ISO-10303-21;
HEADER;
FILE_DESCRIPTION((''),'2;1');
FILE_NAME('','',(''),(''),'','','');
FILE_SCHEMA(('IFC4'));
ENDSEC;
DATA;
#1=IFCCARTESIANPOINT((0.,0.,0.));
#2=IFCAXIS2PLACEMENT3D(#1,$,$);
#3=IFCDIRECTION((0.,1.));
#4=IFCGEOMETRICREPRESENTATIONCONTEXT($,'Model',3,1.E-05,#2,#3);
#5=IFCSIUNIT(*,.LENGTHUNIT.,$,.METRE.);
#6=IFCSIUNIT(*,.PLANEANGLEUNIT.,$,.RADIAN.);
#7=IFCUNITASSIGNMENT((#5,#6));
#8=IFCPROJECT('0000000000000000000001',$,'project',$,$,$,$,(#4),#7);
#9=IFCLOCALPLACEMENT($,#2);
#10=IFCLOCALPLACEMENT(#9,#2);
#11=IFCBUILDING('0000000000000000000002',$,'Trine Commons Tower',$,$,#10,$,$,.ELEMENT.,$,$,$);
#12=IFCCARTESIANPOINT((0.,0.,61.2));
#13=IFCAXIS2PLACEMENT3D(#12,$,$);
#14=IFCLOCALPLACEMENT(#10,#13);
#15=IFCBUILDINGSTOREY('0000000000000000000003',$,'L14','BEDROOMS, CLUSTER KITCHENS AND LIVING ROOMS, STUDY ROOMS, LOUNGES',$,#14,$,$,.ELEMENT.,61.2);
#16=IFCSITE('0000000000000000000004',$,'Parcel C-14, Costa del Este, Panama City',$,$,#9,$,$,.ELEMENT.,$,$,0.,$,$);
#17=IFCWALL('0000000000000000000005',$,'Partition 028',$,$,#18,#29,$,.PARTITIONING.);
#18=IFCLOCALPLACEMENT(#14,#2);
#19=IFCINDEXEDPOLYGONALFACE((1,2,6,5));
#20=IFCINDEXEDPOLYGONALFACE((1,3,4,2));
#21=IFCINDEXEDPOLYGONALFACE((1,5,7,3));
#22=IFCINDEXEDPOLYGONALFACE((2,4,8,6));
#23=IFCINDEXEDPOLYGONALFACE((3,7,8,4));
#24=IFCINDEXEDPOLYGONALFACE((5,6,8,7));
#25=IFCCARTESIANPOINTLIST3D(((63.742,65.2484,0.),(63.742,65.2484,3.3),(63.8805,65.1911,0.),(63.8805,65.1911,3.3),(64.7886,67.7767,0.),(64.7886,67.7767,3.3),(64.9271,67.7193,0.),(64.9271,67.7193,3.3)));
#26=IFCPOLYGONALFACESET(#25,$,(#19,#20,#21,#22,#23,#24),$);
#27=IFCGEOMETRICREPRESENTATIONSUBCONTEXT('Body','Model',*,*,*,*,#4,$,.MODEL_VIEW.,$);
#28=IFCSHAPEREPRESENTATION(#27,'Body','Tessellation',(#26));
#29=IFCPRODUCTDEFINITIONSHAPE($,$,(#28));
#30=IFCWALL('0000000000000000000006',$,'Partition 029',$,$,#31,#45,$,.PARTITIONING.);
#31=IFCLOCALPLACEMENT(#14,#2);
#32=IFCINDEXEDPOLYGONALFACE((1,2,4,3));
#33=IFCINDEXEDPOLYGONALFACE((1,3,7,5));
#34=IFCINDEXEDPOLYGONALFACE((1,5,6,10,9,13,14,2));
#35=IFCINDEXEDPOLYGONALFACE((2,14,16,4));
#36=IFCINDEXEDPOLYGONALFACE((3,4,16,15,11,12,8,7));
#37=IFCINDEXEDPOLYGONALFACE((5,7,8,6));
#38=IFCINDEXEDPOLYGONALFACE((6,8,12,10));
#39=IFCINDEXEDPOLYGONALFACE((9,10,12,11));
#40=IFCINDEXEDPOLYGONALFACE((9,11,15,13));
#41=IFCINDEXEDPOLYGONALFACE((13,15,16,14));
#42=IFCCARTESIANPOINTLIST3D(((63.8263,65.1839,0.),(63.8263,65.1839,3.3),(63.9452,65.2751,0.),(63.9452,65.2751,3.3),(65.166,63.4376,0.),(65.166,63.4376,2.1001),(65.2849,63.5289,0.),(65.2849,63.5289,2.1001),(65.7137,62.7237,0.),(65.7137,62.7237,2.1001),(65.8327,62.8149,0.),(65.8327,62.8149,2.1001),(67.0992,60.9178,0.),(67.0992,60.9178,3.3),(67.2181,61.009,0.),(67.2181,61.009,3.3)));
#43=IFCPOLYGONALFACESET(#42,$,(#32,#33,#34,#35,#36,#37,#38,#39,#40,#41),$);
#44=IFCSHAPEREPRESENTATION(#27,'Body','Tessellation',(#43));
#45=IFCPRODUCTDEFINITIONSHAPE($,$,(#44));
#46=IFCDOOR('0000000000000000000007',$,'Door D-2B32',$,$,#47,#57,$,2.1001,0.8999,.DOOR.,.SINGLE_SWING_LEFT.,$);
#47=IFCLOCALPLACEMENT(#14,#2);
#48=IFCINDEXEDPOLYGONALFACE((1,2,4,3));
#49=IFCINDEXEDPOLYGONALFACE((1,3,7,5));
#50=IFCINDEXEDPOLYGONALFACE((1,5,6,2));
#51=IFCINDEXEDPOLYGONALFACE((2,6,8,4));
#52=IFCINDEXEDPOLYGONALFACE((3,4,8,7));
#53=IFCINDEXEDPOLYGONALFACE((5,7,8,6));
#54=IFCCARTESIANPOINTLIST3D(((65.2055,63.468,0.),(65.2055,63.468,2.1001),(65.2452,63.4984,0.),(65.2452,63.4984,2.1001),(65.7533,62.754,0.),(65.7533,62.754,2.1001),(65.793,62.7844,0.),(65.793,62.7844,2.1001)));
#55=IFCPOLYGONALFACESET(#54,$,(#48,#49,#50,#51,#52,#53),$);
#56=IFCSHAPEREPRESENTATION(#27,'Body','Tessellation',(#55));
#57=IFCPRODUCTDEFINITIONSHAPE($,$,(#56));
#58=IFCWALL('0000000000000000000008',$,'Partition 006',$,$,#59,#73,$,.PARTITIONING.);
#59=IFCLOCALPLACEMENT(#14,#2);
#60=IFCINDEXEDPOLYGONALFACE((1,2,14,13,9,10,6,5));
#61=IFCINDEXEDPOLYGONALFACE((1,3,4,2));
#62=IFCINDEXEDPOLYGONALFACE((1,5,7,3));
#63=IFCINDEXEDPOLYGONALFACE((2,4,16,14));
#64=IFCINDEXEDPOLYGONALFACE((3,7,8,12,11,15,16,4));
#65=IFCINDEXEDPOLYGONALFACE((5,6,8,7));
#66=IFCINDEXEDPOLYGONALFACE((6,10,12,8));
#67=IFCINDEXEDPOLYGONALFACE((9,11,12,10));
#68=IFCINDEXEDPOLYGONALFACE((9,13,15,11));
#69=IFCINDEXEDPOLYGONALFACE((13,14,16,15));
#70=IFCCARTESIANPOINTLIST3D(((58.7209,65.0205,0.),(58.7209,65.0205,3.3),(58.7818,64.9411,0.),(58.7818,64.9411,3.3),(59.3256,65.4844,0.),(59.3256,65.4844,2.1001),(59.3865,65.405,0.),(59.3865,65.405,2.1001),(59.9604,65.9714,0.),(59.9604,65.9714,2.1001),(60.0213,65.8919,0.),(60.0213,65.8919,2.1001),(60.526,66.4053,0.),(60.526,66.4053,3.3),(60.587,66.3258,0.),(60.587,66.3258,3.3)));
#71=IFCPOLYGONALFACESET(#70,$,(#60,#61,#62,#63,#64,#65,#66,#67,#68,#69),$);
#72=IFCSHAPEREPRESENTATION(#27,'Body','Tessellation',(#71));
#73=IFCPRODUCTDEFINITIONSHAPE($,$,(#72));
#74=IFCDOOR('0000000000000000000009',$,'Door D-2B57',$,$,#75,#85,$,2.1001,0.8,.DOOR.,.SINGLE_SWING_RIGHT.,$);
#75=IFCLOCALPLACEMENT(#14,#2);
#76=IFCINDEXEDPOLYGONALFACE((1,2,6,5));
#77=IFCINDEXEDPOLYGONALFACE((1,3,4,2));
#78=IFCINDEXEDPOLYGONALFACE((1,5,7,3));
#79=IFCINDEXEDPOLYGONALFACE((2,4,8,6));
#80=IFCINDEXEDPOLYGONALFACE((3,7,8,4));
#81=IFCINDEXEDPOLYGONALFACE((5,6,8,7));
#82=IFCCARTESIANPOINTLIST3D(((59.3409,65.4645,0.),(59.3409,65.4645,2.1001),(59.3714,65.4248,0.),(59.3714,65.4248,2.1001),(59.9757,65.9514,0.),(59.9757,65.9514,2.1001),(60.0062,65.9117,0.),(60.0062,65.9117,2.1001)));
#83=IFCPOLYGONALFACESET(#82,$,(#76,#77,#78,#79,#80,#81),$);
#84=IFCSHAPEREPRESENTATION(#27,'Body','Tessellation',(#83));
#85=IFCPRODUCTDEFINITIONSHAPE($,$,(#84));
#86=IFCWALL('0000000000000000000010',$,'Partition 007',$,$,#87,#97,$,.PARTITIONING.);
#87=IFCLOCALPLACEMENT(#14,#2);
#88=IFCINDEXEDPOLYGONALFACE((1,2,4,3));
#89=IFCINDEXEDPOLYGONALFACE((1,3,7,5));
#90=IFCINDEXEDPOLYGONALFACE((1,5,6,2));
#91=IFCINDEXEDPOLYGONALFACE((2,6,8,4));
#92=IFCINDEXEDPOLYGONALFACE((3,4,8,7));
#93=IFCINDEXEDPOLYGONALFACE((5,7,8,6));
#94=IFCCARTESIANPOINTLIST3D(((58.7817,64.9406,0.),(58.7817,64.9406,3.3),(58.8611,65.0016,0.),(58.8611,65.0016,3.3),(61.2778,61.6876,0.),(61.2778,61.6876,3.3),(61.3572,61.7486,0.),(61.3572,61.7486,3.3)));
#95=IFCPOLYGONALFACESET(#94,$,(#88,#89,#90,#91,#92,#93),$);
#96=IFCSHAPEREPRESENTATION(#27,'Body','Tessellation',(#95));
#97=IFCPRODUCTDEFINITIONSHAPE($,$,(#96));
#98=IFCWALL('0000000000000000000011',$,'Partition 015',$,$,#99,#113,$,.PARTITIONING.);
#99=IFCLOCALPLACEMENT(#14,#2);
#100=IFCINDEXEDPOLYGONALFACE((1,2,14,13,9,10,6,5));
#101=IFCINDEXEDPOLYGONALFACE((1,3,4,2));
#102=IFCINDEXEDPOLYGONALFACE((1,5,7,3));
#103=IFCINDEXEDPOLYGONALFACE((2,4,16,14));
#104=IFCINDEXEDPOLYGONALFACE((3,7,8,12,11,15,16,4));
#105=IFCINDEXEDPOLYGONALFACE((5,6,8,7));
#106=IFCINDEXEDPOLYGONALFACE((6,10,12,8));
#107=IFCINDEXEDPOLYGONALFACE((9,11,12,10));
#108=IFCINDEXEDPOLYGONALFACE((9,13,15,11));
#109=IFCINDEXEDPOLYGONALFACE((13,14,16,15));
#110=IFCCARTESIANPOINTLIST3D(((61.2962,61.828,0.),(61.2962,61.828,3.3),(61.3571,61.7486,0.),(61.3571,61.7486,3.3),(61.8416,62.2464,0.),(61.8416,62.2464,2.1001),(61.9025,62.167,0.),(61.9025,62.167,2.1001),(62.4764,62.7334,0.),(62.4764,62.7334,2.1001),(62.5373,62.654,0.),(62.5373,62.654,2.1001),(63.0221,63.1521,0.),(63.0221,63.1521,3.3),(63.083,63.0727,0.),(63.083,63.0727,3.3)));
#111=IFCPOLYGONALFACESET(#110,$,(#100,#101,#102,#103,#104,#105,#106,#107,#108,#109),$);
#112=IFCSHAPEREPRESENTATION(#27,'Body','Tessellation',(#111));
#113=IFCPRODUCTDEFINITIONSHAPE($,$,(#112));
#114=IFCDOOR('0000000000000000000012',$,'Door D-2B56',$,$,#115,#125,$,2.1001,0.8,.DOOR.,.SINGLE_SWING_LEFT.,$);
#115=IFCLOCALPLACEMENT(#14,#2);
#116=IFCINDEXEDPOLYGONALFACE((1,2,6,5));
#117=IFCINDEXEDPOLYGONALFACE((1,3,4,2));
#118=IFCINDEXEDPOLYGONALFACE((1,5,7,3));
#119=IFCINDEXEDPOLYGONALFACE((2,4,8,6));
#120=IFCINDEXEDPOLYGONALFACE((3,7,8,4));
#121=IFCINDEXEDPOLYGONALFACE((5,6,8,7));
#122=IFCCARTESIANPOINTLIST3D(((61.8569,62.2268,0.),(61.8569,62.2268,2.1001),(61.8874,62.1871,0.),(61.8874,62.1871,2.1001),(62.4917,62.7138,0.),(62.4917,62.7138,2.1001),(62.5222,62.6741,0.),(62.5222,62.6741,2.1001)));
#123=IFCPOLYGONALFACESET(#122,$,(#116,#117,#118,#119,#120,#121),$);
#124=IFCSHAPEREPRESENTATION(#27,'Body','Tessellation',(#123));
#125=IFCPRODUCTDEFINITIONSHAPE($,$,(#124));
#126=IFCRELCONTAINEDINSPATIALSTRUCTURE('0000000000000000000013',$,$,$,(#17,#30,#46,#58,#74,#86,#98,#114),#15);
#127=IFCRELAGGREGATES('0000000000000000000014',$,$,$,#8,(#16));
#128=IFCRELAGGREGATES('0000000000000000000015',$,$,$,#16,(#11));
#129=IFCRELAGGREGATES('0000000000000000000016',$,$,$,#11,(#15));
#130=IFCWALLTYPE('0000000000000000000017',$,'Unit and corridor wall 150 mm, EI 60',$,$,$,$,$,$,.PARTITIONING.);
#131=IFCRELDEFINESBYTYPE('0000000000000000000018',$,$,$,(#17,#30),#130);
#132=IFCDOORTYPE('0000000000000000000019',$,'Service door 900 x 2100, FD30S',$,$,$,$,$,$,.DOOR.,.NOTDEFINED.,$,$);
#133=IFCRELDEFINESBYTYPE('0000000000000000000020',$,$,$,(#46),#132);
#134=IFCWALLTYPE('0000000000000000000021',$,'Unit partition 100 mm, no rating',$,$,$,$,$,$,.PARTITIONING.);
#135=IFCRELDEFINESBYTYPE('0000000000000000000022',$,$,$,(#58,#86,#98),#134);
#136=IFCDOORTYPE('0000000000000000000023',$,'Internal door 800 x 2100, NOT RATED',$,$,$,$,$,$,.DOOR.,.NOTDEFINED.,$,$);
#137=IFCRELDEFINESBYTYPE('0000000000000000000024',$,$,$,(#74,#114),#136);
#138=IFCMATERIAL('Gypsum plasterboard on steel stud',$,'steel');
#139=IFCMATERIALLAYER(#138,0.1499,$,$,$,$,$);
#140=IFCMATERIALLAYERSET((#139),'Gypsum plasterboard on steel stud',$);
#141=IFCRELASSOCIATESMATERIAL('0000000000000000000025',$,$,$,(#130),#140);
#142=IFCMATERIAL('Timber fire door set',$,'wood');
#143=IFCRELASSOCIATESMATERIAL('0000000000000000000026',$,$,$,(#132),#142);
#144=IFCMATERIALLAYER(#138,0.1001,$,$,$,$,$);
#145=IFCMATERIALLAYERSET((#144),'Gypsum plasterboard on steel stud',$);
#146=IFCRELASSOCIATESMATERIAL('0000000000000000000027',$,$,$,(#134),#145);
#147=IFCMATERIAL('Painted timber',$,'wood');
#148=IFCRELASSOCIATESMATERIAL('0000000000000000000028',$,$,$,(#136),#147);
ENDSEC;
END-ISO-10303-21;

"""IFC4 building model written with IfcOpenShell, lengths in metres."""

from ifc_helpers import new_model, si_unit, direction, frame, frame_2d, origin, place, context, subcontext, project, spatial, rectangle, extrude, material, layer, layer_set, type_object, element, fill, save


model = new_model("IFC4")

# Units and contexts
model_context = context("Model", 3, precision=1e-05, world=origin(), true_north=direction((0.0, 1.0)))
body_context = subcontext(model_context, "Body", "Model", "MODEL_VIEW")
ifc_project = project(units=[si_unit("LENGTHUNIT", "METRE"), si_unit("PLANEANGLEUNIT", "RADIAN")], contexts=[model_context])

# Site, building, storey
site_placement = place(None, origin())
site = spatial("IfcSite", under=ifc_project, at=site_placement, Name="Parcel C-14, Costa del Este, Panama City", CompositionType="ELEMENT", RefElevation=0.0)
building_placement = place(site_placement, origin())
building = spatial("IfcBuilding", under=site, at=building_placement, Name="Trine Commons Tower", CompositionType="ELEMENT")
storey_placement = place(building_placement, frame((0.0, 0.0, 61.2)))
storey = spatial("IfcBuildingStorey", under=building, at=storey_placement, Name="L14", Description="BEDROOMS, CLUSTER KITCHENS AND LIVING ROOMS, STUDY ROOMS, LOUNGES", CompositionType="ELEMENT", Elevation=61.2)

# Shared definitions
ifc_material_1 = material(Name="Gypsum plasterboard on steel stud", Category="steel")
ifc_layer_1 = layer(ifc_material_1, 0.1499)
ifc_layer_set_1 = layer_set([ifc_layer_1], Name="Gypsum plasterboard on steel stud")
wall_type_1 = type_object("IfcWallType", Name="Unit and corridor wall 150 mm, EI 60", PredefinedType="PARTITIONING", material=ifc_layer_set_1)

# Shared definitions
ifc_material_2 = material(Name="Painted timber", Category="wood")
ifc_material_3 = material(Name="Timber fire door set", Category="wood")

# Wall
wall_1_placement = place(storey_placement, frame((63.8113, 65.2197, 0.0), z_axis=(0.0, 0.0, 1.0), x_axis=(0.382486, 0.923961, 0.0)))
element("IfcWall", 1, at=wall_1_placement, inside=storey, type_object=wall_type_1, Name="Partition 028", PredefinedType="PARTITIONING", context=body_context, shape_type="SweptSolid", body=[
    extrude(rectangle(XDim=2.7363, YDim=0.1499, at=frame_2d((1.3682, 0.0))), origin(), (0.0, 0.0, 1.0), 3.3),
])

# Walls, openings, doors
wall_2_placement = place(storey_placement, frame((63.8857, 65.2295, 0.0), z_axis=(0.0, 0.0, 1.0), x_axis=(0.608697, -0.793403, 0.0)))
wall_2 = element("IfcWall", 2, at=wall_2_placement, inside=storey, type_object=wall_type_1, Name="Partition 029", PredefinedType="PARTITIONING", context=body_context, shape_type="SweptSolid", body=[
    extrude(rectangle(XDim=5.377, YDim=0.1499, at=frame_2d((2.6885, 0.0))), origin(), (0.0, 0.0, 1.0), 3.3),
])
opening_1_placement = place(wall_2_placement, frame((2.2009, 0.0, 0.0)))
opening_1 = element("IfcOpeningElement", 3, at=opening_1_placement, cuts=wall_2, PredefinedType="OPENING", context=body_context, shape_type="SweptSolid", body=[
    extrude(rectangle(XDim=0.8999, YDim=2.1001, at=frame_2d((0.45, 1.05))), frame((0.0, 0.085, 0.0), z_axis=(0.0, -1.0, 0.0), x_axis=(1.0, 0.0, 0.0)), (0.0, 0.0, 1.0), 0.1699),
])
door_type_1 = type_object("IfcDoorType", Name="Service door 900 x 2100, FD30S", OperationType="NOTDEFINED", PredefinedType="DOOR", material=ifc_material_3)
door_1_placement = place(opening_1_placement, origin())
door_1 = element("IfcDoor", 4, at=door_1_placement, inside=storey, type_object=door_type_1, Name="Door D-2B32", OperationType="SINGLE_SWING_LEFT", OverallHeight=2.1001, OverallWidth=0.8999, PredefinedType="DOOR", context=body_context, shape_type="SweptSolid", body=[
    extrude(rectangle(XDim=0.8999, YDim=2.1001, at=frame_2d((0.45, 1.05))), frame((0.0, 0.0249, 0.0), z_axis=(0.0, -1.0, 0.0), x_axis=(1.0, 0.0, 0.0)), (0.0, 0.0, 1.0), 0.05),
])
fill(opening_1, door_1)
ifc_layer_2 = layer(ifc_material_1, 0.1001)
ifc_layer_set_2 = layer_set([ifc_layer_2], Name="Gypsum plasterboard on steel stud")
wall_type_2 = type_object("IfcWallType", Name="Unit partition 100 mm, no rating", PredefinedType="PARTITIONING", material=ifc_layer_set_2)
wall_3_placement = place(storey_placement, frame((58.7512, 64.9807, 0.0), z_axis=(0.0, 0.0, 1.0), x_axis=(0.793437, 0.608652, 0.0)))
wall_3 = element("IfcWall", 5, at=wall_3_placement, inside=storey, type_object=wall_type_2, Name="Partition 006", PredefinedType="PARTITIONING", context=body_context, shape_type="SweptSolid", body=[
    extrude(rectangle(XDim=2.2751, YDim=0.1001, at=frame_2d((1.1377, 0.0))), origin(), (0.0, 0.0, 1.0), 3.3),
])
opening_2_placement = place(wall_3_placement, frame((0.7625, 0.0, 0.0)))
opening_2 = element("IfcOpeningElement", 6, at=opening_2_placement, cuts=wall_3, PredefinedType="OPENING", context=body_context, shape_type="SweptSolid", body=[
    extrude(rectangle(XDim=0.8, YDim=2.1001, at=frame_2d((0.3999, 1.05))), frame((0.0, 0.0601, 0.0), z_axis=(0.0, -1.0, 0.0), x_axis=(1.0, 0.0, 0.0)), (0.0, 0.0, 1.0), 0.1201),
])
door_type_2 = type_object("IfcDoorType", Name="Internal door 800 x 2100, NOT RATED", OperationType="NOTDEFINED", PredefinedType="DOOR", material=ifc_material_2)
door_2_placement = place(opening_2_placement, origin())
door_2 = element("IfcDoor", 7, at=door_2_placement, inside=storey, type_object=door_type_2, Name="Door D-2B57", OperationType="SINGLE_SWING_RIGHT", OverallHeight=2.1001, OverallWidth=0.8, PredefinedType="DOOR", context=body_context, shape_type="SweptSolid", body=[
    extrude(rectangle(XDim=0.8, YDim=2.1001, at=frame_2d((0.3999, 1.05))), frame((0.0, 0.0249, 0.0), z_axis=(0.0, -1.0, 0.0), x_axis=(1.0, 0.0, 0.0)), (0.0, 0.0, 1.0), 0.05),
])
fill(opening_2, door_2)

# Wall
wall_4_placement = place(storey_placement, frame((58.8213, 64.9712, 0.0), z_axis=(0.0, 0.0, 1.0), x_axis=(0.608766, -0.793349, 0.0)))
element("IfcWall", 8, at=wall_4_placement, inside=storey, type_object=wall_type_2, Name="Partition 007", PredefinedType="PARTITIONING", context=body_context, shape_type="SweptSolid", body=[
    extrude(rectangle(XDim=4.1003, YDim=0.1001, at=frame_2d((2.0503, 0.0))), origin(), (0.0, 0.0, 1.0), 3.3),
])

# Wall, opening, door
wall_5_placement = place(storey_placement, frame((61.3267, 61.7883, 0.0), z_axis=(0.0, 0.0, 1.0), x_axis=(0.79342, 0.608674, 0.0)))
wall_5 = element("IfcWall", 9, at=wall_5_placement, inside=storey, type_object=wall_type_2, Name="Partition 015", PredefinedType="PARTITIONING", context=body_context, shape_type="SweptSolid", body=[
    extrude(rectangle(XDim=2.1753, YDim=0.1001, at=frame_2d((1.0876, 0.0))), origin(), (0.0, 0.0, 1.0), 3.3),
])
opening_3_placement = place(wall_5_placement, frame((0.6875, 0.0, 0.0)))
opening_3 = element("IfcOpeningElement", 10, at=opening_3_placement, cuts=wall_5, PredefinedType="OPENING", context=body_context, shape_type="SweptSolid", body=[
    extrude(rectangle(XDim=0.8, YDim=2.1001, at=frame_2d((0.3999, 1.05))), frame((0.0, 0.0601, 0.0), z_axis=(0.0, -1.0, 0.0), x_axis=(1.0, 0.0, 0.0)), (0.0, 0.0, 1.0), 0.1201),
])
door_3_placement = place(opening_3_placement, frame((0.8, 0.0, 0.0), z_axis=(0.0, 0.0, 1.0), x_axis=(-1.0, 0.0, 0.0)))
door_3 = element("IfcDoor", 11, at=door_3_placement, inside=storey, type_object=door_type_2, Name="Door D-2B56", OperationType="SINGLE_SWING_LEFT", OverallHeight=2.1001, OverallWidth=0.8, PredefinedType="DOOR", context=body_context, shape_type="SweptSolid", body=[
    extrude(rectangle(XDim=0.8, YDim=2.1001, at=frame_2d((0.3999, 1.05))), frame((0.0, 0.0249, 0.0), z_axis=(0.0, -1.0, 0.0), x_axis=(1.0, 0.0, 0.0)), (0.0, 0.0, 1.0), 0.05),
])
fill(opening_3, door_3)

save(model, "model.ifc")
